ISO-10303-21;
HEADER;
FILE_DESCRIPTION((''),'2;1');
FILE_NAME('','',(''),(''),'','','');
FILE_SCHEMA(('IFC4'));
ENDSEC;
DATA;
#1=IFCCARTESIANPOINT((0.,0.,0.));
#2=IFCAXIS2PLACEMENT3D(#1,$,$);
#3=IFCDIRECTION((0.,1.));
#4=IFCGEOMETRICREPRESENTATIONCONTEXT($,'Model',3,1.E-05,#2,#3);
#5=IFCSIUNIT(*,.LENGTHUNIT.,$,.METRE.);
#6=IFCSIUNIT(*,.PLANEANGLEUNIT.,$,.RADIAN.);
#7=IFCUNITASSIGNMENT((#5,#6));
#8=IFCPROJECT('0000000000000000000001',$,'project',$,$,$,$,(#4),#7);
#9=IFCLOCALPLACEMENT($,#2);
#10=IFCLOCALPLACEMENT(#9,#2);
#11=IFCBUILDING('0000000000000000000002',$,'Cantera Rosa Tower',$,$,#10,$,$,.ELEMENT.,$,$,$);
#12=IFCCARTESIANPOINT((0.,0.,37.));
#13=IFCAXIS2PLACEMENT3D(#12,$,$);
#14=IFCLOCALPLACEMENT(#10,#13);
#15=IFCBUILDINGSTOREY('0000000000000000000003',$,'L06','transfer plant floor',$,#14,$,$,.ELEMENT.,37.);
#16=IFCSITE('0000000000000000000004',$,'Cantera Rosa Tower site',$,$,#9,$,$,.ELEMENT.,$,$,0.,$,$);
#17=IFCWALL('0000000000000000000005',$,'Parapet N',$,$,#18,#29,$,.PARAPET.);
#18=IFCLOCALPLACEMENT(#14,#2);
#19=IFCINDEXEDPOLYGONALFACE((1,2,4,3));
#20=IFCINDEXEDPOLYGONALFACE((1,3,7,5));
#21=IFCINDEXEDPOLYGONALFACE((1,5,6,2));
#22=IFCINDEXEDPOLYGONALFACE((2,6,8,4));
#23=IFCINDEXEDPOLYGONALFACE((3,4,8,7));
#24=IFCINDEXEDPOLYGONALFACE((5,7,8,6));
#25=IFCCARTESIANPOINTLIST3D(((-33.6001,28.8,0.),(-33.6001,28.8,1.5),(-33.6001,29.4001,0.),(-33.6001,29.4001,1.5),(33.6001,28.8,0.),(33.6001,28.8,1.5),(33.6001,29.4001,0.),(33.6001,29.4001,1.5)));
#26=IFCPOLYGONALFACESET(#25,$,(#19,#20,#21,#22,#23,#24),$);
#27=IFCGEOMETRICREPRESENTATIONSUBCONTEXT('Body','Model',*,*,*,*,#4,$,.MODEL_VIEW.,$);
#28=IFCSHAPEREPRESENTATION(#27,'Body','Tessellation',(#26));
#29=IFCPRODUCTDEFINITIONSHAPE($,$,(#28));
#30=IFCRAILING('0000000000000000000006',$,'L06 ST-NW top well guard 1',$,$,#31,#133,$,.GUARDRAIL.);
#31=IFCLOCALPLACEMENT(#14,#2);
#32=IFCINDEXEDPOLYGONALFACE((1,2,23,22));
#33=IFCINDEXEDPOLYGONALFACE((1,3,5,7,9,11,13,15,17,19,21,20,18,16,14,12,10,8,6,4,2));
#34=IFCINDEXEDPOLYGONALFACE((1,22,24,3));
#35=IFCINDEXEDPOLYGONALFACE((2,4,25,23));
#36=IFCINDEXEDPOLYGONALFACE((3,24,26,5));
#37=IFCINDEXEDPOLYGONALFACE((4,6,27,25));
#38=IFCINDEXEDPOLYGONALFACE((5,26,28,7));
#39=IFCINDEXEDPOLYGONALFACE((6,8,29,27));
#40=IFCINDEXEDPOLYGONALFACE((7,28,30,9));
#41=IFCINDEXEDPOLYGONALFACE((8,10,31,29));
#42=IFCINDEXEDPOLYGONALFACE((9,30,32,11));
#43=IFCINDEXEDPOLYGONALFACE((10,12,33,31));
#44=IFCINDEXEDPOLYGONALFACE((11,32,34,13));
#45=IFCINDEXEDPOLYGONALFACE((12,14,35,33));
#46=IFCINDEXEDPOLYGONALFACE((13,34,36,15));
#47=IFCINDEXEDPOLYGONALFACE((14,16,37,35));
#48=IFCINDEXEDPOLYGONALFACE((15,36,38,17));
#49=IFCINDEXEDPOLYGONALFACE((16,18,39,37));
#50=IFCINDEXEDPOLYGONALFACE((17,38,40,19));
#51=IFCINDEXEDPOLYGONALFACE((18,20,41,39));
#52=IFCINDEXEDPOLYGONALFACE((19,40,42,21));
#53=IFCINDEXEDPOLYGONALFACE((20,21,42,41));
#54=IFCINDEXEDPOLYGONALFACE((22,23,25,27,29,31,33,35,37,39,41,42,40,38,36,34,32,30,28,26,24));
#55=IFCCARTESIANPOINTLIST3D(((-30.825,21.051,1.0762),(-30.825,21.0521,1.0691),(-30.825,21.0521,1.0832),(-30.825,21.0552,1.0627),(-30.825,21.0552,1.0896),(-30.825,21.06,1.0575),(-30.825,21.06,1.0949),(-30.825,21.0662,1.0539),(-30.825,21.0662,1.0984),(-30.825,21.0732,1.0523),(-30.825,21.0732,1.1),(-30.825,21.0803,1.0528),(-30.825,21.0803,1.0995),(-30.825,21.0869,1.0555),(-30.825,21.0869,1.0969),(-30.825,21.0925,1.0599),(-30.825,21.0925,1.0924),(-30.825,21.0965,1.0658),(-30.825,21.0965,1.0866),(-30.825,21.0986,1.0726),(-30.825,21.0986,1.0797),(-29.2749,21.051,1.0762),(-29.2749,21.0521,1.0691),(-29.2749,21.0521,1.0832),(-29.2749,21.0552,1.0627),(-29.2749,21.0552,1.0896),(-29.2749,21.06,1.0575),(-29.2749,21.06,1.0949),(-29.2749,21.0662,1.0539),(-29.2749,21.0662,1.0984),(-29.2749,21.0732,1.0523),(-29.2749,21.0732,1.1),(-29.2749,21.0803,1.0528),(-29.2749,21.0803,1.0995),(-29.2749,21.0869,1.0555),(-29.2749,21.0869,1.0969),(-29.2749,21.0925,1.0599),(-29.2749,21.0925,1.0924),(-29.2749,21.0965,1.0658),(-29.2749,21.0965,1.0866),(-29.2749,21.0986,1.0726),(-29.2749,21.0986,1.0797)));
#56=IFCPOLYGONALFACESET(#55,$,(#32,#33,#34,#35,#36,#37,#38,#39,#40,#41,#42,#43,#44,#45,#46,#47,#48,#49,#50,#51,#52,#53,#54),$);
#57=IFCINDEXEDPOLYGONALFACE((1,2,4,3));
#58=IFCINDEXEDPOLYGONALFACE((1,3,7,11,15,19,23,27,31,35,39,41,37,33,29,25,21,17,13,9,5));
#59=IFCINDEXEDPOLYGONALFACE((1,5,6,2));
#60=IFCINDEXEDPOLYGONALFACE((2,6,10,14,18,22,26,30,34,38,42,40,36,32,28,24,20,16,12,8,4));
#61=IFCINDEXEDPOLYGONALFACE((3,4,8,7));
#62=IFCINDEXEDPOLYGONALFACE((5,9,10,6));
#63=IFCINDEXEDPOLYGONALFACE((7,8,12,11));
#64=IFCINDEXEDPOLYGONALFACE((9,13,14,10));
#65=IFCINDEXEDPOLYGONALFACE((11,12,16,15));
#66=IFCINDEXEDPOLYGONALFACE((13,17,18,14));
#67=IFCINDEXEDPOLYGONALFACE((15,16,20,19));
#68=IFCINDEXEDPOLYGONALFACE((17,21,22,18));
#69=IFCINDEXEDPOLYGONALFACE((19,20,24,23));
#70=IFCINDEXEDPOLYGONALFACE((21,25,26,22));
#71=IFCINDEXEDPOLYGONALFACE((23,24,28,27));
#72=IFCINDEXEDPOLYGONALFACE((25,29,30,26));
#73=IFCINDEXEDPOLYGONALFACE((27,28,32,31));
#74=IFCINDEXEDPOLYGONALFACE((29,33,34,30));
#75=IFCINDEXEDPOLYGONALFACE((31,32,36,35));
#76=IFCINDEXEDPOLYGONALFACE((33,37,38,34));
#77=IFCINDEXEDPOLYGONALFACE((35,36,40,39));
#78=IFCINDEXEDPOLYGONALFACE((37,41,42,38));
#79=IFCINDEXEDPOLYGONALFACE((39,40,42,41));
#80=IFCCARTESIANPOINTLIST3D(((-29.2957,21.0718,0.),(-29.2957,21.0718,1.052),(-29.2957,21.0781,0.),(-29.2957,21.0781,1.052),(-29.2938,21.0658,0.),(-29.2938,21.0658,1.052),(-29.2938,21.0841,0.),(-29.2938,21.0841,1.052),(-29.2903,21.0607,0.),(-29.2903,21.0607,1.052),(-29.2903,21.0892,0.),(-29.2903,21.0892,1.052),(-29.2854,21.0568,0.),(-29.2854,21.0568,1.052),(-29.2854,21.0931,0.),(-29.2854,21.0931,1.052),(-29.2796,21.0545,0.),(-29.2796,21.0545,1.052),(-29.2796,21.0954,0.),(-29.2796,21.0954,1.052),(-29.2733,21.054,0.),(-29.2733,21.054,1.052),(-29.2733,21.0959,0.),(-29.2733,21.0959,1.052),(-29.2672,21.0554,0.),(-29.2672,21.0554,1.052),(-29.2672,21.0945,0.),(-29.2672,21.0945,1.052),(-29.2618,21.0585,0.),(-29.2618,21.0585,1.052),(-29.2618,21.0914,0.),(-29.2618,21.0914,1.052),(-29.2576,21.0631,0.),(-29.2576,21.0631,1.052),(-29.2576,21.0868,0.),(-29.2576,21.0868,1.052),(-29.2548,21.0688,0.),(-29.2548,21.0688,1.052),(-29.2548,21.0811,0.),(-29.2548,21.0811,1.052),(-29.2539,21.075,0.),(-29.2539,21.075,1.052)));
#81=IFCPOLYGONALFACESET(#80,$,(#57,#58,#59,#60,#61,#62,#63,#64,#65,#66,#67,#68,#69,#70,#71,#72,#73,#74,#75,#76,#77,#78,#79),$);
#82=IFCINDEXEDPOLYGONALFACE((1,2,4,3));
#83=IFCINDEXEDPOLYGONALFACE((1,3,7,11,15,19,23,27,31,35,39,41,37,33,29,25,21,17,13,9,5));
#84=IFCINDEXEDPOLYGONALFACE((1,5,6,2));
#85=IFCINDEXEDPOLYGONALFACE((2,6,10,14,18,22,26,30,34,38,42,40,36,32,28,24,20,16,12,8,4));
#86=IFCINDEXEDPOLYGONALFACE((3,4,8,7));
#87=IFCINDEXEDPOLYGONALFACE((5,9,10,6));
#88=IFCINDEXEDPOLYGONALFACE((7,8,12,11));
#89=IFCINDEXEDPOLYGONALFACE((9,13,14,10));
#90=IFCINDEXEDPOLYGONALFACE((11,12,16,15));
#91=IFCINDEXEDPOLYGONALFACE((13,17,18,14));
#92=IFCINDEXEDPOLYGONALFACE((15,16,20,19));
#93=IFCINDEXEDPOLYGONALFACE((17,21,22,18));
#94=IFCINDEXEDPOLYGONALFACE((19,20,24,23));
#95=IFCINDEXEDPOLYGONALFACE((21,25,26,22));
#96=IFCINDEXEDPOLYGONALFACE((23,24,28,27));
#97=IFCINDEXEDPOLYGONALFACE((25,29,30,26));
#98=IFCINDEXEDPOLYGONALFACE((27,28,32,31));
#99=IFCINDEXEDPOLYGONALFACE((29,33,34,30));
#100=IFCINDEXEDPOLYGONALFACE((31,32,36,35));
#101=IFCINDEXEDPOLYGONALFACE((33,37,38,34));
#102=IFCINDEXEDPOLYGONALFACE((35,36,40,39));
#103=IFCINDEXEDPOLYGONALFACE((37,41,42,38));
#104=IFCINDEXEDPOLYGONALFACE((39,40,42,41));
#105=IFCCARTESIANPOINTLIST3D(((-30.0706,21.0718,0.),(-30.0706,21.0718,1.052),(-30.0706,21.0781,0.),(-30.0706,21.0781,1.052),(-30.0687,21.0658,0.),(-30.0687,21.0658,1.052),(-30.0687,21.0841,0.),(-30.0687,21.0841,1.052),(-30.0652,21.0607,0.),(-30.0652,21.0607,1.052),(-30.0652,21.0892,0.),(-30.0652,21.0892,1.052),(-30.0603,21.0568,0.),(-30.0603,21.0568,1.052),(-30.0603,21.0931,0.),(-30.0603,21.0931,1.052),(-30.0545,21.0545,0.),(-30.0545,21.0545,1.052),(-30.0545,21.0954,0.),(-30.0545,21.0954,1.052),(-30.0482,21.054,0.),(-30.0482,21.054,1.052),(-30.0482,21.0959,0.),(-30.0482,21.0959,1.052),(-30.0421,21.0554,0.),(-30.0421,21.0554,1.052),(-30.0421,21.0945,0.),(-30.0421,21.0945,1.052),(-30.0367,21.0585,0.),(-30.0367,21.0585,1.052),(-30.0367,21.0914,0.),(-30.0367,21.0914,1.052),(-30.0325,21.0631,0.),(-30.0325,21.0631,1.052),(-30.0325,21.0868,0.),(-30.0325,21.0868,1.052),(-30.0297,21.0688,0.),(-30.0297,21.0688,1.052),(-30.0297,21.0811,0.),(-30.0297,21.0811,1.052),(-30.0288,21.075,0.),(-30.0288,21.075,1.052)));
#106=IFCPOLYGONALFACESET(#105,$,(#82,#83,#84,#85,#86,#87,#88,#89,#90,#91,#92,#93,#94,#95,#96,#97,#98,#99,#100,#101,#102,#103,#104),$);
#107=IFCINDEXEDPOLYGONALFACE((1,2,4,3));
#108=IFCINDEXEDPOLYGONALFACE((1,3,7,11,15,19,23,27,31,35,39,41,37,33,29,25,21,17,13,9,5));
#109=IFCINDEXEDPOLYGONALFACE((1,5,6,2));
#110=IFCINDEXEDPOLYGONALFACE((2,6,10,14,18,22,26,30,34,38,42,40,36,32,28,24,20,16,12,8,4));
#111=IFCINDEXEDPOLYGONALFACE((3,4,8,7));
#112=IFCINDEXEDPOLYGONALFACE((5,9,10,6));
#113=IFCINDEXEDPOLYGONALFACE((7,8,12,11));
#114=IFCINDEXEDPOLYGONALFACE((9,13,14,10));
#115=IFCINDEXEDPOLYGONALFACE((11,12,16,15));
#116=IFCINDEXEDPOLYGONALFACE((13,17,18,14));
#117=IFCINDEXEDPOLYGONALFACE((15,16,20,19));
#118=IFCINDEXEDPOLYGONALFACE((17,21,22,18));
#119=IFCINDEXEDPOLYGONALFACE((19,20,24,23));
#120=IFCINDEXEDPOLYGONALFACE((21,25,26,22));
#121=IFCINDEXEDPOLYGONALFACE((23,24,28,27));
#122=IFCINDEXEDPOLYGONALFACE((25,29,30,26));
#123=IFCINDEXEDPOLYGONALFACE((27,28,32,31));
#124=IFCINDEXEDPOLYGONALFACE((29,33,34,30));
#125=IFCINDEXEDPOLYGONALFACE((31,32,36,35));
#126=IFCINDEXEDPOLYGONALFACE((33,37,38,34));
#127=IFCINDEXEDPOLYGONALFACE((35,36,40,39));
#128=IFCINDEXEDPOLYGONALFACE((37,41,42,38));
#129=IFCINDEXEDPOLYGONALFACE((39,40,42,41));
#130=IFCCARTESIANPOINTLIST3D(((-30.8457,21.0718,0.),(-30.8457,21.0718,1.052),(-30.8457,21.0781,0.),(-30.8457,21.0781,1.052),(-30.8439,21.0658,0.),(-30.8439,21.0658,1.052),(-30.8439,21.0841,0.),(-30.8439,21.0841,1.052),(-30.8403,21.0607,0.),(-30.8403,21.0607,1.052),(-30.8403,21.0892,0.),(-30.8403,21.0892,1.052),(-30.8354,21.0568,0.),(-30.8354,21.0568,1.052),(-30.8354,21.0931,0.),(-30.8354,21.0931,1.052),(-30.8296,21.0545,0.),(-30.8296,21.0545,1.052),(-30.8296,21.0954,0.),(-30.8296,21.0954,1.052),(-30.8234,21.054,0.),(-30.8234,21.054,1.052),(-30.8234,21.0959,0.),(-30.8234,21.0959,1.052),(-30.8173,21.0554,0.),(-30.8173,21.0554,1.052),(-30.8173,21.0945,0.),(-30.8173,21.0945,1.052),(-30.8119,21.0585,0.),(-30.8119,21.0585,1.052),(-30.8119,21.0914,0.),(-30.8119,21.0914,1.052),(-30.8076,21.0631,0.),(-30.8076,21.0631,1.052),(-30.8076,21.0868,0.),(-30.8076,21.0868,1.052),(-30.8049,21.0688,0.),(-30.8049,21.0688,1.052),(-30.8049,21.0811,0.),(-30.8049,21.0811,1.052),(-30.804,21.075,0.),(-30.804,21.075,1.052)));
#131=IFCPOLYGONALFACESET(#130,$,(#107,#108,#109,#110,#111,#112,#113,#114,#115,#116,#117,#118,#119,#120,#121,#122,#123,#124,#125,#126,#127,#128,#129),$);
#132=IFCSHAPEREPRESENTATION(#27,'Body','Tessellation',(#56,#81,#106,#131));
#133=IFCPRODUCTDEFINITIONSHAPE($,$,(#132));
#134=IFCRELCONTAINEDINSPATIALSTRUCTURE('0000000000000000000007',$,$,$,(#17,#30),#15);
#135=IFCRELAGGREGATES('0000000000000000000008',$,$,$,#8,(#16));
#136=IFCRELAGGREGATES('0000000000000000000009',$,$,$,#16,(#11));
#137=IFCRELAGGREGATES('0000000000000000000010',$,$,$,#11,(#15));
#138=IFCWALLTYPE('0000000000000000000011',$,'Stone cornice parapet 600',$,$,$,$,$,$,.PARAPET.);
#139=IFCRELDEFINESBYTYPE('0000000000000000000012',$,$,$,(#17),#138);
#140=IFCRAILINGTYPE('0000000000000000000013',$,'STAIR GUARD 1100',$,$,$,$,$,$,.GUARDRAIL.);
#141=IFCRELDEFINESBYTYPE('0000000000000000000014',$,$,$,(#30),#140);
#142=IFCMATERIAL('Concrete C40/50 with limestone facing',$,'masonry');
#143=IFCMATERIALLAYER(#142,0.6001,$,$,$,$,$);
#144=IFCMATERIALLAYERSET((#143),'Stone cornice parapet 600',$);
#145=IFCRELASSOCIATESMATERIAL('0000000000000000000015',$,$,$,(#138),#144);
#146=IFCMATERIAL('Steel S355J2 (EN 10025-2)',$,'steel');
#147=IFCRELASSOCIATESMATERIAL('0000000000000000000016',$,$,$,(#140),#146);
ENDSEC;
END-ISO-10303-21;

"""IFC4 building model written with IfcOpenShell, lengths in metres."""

from ifc_helpers import new_model, si_unit, direction, frame, frame_2d, origin, origin_2d, place, context, subcontext, project, spatial, rectangle, circle, extrude, material, layer, layer_set, type_object, element, save


model = new_model("IFC4")

# Units and contexts
model_context = context("Model", 3, precision=1e-05, world=origin(), true_north=direction((0.0, 1.0)))
body_context = subcontext(model_context, "Body", "Model", "MODEL_VIEW")
ifc_project = project(units=[si_unit("LENGTHUNIT", "METRE"), si_unit("PLANEANGLEUNIT", "RADIAN")], contexts=[model_context])

# Site, building, storey
site_placement = place(None, origin())
site = spatial("IfcSite", under=ifc_project, at=site_placement, Name="Cantera Rosa Tower site", CompositionType="ELEMENT", RefElevation=0.0)
building_placement = place(site_placement, origin())
building = spatial("IfcBuilding", under=site, at=building_placement, Name="Cantera Rosa Tower", CompositionType="ELEMENT")
storey_placement = place(building_placement, frame((0.0, 0.0, 37.0)))
storey = spatial("IfcBuildingStorey", under=building, at=storey_placement, Name="L06", Description="transfer plant floor", CompositionType="ELEMENT", Elevation=37.0)

# Wall
ifc_material_1 = material(Name="Concrete C40/50 with limestone facing", Category="masonry")
ifc_layer_1 = layer(ifc_material_1, 0.6001)
ifc_layer_set_1 = layer_set([ifc_layer_1], Name="Stone cornice parapet 600")
wall_type_1 = type_object("IfcWallType", Name="Stone cornice parapet 600", PredefinedType="PARAPET", material=ifc_layer_set_1)
wall_1_placement = place(storey_placement, frame((-33.6001, 29.1001, 0.0), z_axis=(0.0, 0.0, 1.0), x_axis=(1.0, 0.0, 0.0)))
element("IfcWall", 1, at=wall_1_placement, inside=storey, type_object=wall_type_1, Name="Parapet N", PredefinedType="PARAPET", context=body_context, shape_type="SweptSolid", body=[
    extrude(rectangle(XDim=67.2002, YDim=0.6001, at=frame_2d((33.6001, 0.0))), origin(), (0.0, 0.0, 1.0), 1.5),
])

# Railing
ifc_material_2 = material(Name="Steel S355J2 (EN 10025-2)", Category="steel")
railing_type = type_object("IfcRailingType", Name="STAIR GUARD 1100", PredefinedType="GUARDRAIL", material=ifc_material_2)
railing_1_placement = place(storey_placement, frame((-29.2749, 21.075, 0.0)))
element("IfcRailing", 2, at=railing_1_placement, inside=storey, type_object=railing_type, Name="L06 ST-NW top well guard 1", PredefinedType="GUARDRAIL", context=body_context, shape_type="SweptSolid", body=[
    extrude(circle(Radius=0.0239, at=origin_2d()), frame((0.0, 0.0, 1.0762), z_axis=(-1.0, 0.0, 0.0), x_axis=(0.0, -1.0, 0.0)), (0.0, 0.0, 1.0), 1.55),
    extrude(circle(Radius=0.021, at=origin_2d()), origin(), (0.0, 0.0, 1.0), 1.052),
    extrude(circle(Radius=0.021, at=origin_2d()), frame((-0.7749, 0.0, 0.0)), (0.0, 0.0, 1.0), 1.052),
    extrude(circle(Radius=0.021, at=origin_2d()), frame((-1.55, 0.0, 0.0)), (0.0, 0.0, 1.0), 1.052),
])

save(model, "model.ifc")
